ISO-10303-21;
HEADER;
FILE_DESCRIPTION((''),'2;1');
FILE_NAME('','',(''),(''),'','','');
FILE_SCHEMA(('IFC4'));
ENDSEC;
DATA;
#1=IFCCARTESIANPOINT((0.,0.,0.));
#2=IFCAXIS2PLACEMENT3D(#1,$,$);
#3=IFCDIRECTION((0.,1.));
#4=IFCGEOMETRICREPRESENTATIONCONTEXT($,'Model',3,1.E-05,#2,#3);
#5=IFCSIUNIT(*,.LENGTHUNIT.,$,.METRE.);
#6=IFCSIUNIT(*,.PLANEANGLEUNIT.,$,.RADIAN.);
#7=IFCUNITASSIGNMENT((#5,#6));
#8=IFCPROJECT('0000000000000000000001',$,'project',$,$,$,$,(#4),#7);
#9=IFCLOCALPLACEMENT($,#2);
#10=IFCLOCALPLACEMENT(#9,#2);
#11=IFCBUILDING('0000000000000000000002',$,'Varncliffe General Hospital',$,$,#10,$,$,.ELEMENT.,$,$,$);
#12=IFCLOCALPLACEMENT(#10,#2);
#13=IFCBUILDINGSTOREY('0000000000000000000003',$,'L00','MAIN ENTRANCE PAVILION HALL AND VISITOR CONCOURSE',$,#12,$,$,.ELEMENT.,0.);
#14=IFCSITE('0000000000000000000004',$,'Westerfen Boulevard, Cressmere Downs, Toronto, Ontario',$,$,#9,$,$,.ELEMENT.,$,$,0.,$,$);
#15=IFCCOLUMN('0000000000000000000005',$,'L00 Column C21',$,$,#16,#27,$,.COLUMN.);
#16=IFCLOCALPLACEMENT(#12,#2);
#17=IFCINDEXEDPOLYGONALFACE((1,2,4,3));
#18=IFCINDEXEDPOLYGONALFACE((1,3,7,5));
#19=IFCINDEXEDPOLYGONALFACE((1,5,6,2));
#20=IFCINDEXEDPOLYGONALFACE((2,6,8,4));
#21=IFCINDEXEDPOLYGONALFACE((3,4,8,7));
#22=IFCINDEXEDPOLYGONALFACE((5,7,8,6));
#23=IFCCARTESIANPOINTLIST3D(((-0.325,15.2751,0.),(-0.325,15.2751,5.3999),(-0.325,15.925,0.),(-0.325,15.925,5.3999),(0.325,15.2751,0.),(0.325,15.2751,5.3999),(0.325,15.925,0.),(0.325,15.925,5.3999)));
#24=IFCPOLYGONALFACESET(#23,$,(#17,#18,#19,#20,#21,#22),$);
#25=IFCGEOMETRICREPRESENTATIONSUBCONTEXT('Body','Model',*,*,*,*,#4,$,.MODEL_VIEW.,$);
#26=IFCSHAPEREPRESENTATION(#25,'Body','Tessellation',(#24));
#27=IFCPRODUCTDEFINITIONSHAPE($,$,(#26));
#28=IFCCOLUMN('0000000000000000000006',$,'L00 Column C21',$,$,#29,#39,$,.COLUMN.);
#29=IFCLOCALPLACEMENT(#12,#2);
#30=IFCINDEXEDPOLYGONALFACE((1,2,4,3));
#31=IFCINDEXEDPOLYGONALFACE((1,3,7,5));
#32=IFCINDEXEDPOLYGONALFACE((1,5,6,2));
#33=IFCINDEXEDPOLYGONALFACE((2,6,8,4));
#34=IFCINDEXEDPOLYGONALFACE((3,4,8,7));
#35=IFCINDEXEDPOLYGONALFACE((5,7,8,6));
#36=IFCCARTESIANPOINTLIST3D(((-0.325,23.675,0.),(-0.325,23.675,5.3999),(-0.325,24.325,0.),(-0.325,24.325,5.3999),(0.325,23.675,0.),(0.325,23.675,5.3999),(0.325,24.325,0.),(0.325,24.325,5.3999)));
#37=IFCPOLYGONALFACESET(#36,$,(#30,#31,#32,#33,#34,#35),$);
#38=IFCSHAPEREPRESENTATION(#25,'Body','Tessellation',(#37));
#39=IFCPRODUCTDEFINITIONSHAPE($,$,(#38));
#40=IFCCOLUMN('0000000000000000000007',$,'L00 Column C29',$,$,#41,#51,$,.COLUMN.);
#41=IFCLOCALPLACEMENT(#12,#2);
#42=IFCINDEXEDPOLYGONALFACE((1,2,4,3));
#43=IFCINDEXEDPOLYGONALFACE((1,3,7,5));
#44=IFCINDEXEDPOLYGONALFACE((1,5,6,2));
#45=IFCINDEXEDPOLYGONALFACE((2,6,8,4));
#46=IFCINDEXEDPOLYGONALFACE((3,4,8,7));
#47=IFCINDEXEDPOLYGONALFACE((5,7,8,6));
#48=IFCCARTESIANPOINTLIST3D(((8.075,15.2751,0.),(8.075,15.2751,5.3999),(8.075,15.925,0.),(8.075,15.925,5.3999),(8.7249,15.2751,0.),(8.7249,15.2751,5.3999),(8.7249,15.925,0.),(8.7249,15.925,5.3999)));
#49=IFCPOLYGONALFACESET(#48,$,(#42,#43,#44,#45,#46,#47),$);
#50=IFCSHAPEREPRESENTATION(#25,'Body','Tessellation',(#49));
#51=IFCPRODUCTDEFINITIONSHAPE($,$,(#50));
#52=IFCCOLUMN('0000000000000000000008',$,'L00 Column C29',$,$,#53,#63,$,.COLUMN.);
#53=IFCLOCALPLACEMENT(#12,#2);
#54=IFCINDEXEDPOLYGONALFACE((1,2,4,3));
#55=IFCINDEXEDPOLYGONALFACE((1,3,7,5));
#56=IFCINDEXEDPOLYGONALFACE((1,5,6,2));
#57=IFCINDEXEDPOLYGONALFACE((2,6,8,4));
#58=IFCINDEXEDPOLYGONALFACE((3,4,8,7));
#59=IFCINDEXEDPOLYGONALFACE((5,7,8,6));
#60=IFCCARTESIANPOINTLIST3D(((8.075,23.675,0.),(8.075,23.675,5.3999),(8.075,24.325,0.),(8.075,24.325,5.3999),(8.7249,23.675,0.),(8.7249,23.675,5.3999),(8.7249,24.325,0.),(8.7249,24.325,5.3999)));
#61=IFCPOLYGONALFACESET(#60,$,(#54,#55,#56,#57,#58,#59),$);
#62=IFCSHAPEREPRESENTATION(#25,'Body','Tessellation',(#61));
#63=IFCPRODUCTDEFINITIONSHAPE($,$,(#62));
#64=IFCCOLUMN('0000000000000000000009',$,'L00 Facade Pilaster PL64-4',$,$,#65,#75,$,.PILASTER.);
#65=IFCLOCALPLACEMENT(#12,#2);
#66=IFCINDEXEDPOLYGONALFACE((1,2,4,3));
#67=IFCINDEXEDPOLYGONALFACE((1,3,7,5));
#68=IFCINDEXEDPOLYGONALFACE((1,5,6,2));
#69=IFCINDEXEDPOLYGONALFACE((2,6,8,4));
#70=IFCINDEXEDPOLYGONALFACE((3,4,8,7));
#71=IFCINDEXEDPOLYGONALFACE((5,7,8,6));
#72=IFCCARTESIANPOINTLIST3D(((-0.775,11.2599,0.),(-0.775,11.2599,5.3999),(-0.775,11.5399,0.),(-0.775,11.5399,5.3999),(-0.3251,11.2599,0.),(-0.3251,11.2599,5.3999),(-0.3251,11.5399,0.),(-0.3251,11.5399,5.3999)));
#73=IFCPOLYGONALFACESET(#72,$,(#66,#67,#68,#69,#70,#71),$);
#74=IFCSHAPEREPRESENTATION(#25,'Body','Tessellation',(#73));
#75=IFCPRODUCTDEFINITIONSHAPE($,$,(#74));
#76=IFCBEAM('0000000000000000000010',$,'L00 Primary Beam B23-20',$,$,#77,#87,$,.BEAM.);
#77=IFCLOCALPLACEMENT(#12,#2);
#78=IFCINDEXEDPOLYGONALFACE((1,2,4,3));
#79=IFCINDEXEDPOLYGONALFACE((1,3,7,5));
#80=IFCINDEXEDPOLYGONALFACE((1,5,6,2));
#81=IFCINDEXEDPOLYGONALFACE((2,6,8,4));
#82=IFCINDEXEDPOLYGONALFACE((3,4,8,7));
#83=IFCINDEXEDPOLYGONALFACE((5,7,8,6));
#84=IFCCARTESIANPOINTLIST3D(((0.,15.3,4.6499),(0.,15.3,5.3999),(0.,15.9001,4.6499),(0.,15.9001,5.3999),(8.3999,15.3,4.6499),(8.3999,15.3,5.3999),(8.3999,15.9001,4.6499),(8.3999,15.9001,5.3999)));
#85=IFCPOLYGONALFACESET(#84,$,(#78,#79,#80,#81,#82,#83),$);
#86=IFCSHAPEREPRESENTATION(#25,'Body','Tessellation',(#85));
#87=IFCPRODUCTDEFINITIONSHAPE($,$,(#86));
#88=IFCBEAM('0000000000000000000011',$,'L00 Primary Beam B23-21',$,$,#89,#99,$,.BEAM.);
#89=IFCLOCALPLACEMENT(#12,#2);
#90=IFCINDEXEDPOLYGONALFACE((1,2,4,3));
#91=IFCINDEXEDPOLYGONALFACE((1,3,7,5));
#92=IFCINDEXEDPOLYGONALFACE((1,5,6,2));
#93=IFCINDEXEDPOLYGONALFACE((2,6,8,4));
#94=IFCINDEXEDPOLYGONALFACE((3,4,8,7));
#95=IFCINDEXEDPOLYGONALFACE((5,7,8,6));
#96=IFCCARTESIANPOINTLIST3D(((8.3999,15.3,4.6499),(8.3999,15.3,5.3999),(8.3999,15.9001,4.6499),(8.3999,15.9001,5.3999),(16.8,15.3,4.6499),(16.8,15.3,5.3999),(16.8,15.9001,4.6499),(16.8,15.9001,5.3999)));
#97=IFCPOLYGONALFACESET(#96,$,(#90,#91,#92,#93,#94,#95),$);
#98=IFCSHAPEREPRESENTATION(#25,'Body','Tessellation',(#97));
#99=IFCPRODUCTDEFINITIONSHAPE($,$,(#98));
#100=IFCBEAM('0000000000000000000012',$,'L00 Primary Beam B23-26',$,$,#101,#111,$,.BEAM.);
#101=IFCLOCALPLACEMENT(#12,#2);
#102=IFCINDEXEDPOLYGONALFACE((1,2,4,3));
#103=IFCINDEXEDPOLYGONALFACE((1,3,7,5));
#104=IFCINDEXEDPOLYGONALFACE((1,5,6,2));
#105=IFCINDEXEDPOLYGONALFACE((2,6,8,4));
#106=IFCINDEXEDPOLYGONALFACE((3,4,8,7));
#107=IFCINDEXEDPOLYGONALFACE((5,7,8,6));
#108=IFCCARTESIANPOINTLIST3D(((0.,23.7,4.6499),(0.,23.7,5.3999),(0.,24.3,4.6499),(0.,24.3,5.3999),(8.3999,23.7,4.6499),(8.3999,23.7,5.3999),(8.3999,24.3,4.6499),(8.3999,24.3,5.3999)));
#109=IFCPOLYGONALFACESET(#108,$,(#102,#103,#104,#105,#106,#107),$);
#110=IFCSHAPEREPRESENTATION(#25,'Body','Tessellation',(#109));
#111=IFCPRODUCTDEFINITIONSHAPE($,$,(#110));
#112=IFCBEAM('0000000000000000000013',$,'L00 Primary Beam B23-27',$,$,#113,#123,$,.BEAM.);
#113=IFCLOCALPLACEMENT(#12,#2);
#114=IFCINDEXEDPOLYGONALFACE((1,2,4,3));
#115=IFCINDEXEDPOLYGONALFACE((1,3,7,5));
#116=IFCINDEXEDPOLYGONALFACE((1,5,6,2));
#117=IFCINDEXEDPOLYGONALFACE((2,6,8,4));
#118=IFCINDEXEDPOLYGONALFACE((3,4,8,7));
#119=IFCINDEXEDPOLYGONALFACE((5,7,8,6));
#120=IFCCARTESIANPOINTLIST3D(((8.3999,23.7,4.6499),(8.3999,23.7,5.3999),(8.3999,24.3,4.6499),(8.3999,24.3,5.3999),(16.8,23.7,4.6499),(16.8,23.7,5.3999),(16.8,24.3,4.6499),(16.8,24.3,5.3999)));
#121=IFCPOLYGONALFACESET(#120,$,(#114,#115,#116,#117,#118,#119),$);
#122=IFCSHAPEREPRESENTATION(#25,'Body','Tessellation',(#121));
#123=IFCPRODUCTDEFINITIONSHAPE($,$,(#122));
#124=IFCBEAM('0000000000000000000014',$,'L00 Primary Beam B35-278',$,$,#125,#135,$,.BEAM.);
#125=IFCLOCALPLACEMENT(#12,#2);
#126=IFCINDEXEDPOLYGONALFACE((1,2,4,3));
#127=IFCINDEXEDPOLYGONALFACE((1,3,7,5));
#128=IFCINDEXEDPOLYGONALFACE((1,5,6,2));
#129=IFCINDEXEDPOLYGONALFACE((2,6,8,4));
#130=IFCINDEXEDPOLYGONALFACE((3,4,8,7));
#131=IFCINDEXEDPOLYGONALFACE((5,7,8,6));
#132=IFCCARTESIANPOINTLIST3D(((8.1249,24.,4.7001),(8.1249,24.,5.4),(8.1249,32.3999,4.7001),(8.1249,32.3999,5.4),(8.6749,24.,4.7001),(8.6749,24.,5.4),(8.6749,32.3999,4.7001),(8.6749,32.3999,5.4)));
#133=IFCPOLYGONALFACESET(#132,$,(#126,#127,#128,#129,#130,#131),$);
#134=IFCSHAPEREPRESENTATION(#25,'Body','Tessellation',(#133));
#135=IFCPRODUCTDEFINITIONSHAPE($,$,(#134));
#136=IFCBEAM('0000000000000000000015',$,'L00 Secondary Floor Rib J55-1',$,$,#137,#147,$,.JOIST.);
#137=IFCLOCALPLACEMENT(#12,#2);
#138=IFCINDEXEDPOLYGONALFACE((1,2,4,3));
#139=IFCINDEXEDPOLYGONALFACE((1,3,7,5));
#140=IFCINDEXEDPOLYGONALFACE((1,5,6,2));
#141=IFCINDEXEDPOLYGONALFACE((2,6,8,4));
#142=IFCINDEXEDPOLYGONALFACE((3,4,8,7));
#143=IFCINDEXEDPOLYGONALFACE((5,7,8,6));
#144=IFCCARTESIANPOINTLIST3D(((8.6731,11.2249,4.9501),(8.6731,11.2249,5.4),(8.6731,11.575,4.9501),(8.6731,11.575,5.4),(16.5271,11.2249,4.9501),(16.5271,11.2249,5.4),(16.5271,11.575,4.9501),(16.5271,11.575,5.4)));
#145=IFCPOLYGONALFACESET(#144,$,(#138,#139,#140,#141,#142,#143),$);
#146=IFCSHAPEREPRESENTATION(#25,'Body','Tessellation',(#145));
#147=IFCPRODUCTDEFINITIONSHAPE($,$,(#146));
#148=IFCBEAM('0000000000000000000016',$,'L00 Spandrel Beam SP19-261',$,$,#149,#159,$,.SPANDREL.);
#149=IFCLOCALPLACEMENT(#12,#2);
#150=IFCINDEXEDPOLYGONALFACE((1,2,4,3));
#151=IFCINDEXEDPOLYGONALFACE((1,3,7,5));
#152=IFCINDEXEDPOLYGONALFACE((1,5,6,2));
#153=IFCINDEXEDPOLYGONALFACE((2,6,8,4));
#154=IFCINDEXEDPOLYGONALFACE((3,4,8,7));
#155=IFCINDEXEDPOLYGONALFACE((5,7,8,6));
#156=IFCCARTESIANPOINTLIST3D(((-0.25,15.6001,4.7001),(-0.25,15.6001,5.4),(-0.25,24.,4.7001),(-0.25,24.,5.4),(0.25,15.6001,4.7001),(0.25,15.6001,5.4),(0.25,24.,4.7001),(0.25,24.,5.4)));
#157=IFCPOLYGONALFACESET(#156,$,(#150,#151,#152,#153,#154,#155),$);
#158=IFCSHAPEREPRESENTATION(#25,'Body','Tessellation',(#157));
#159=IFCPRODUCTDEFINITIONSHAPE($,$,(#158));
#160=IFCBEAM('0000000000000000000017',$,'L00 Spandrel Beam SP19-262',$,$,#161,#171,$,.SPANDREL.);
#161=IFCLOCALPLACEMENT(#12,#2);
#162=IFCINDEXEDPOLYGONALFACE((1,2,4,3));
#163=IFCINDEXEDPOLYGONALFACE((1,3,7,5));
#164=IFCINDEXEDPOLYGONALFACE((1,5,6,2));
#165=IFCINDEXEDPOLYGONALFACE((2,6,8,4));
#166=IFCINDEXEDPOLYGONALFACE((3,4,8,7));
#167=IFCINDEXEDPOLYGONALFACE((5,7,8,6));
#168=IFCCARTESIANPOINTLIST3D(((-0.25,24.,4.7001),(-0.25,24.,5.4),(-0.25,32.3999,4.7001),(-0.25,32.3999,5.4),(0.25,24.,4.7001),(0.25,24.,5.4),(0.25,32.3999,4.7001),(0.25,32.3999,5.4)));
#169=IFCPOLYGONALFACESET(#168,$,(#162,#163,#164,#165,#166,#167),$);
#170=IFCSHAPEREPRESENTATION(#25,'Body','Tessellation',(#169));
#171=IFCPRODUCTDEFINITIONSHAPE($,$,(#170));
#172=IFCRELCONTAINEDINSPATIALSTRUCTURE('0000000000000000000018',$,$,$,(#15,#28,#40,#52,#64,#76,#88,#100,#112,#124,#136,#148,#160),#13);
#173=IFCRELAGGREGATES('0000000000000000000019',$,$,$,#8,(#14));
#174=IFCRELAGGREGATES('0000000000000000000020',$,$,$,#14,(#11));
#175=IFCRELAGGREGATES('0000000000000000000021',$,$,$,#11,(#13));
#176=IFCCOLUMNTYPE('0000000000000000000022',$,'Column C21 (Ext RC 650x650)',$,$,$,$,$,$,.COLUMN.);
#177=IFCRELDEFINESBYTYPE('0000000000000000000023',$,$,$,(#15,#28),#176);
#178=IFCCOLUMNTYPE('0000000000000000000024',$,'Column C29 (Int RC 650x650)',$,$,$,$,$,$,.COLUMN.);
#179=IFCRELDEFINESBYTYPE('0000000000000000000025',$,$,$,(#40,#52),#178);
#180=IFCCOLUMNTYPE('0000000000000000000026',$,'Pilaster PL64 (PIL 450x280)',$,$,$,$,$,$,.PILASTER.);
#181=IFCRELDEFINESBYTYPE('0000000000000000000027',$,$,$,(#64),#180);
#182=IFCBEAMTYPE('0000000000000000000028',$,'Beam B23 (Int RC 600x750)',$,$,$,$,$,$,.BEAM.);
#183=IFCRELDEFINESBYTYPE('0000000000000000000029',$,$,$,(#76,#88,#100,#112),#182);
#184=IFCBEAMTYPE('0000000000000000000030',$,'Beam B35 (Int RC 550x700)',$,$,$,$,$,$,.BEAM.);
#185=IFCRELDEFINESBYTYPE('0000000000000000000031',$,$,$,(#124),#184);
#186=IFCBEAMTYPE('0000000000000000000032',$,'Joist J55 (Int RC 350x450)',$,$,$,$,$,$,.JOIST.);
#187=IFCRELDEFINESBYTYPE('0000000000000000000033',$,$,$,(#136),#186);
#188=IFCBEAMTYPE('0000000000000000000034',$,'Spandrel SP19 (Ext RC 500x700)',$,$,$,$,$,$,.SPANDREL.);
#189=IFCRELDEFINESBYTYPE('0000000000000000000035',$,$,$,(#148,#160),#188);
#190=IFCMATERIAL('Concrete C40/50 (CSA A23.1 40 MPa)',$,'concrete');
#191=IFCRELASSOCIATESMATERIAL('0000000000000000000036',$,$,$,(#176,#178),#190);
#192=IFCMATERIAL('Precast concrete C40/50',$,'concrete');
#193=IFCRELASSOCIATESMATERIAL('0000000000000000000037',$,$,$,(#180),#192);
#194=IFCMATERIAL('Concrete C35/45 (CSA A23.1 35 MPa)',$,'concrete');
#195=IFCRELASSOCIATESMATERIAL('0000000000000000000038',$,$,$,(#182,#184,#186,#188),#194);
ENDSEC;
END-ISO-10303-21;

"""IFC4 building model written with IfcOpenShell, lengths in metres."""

from ifc_helpers import new_model, si_unit, direction, frame, origin, origin_2d, place, context, subcontext, project, spatial, rectangle, extrude, material, material_profile, profile_set, type_object, element, save


model = new_model("IFC4")

# Units and contexts
model_context = context("Model", 3, precision=1e-05, world=origin(), true_north=direction((0.0, 1.0)))
body_context = subcontext(model_context, "Body", "Model", "MODEL_VIEW")
ifc_project = project(units=[si_unit("LENGTHUNIT", "METRE"), si_unit("PLANEANGLEUNIT", "RADIAN")], contexts=[model_context])

# Site, building, storey
site_placement = place(None, origin())
site = spatial("IfcSite", under=ifc_project, at=site_placement, Name="Westerfen Boulevard, Cressmere Downs, Toronto, Ontario", CompositionType="ELEMENT", RefElevation=0.0)
building_placement = place(site_placement, origin())
building = spatial("IfcBuilding", under=site, at=building_placement, Name="Varncliffe General Hospital", CompositionType="ELEMENT")
storey_placement = place(building_placement, origin())
storey = spatial("IfcBuildingStorey", under=building, at=storey_placement, Name="L00", Description="MAIN ENTRANCE PAVILION HALL AND VISITOR CONCOURSE", CompositionType="ELEMENT", Elevation=0.0)

# Columns
ifc_material_1 = material(Name="Concrete C40/50 (CSA A23.1 40 MPa)", Category="concrete")
ifc_material_profile_1 = material_profile(ifc_material_1, rectangle(XDim=0.6499, YDim=0.6499, at=origin_2d()), Name="RC 650x650")
ifc_profile_set_1 = profile_set([ifc_material_profile_1], Name="Concrete C40/50 (CSA A23.1 40 MPa)")
column_type_1 = type_object("IfcColumnType", Name="Column C21 (Ext RC 650x650)", PredefinedType="COLUMN", material=ifc_profile_set_1)
for number, where, z_axis, x_axis, name in (
    (1, (0.0, 15.6001, 0.0), (0.0, 0.0, 1.0), (1.0, 0.0, 0.0), "L00 Column C21"),
    (2, (0.0, 24.0, 0.0), (0.0, 0.0, 1.0), (1.0, 0.0, 0.0), "L00 Column C21"),
):
    element("IfcColumn", number, at=place(storey_placement, frame(where, z_axis=z_axis, x_axis=x_axis)), inside=storey, type_object=column_type_1, Name=name, PredefinedType="COLUMN", context=body_context, shape_type="SweptSolid", body=[
        extrude(rectangle(XDim=0.6499, YDim=0.6499, at=origin_2d()), origin(), (0.0, 0.0, 1.0), 5.3999),
    ])
ifc_material_profile_2 = material_profile(ifc_material_1, rectangle(XDim=0.6499, YDim=0.6499, at=origin_2d()), Name="RC 650x650")
ifc_profile_set_2 = profile_set([ifc_material_profile_2], Name="Concrete C40/50 (CSA A23.1 40 MPa)")
column_type_2 = type_object("IfcColumnType", Name="Column C29 (Int RC 650x650)", PredefinedType="COLUMN", material=ifc_profile_set_2)
for number, where, z_axis, x_axis, name in (
    (3, (8.3999, 15.6001, 0.0), (0.0, 0.0, 1.0), (1.0, 0.0, 0.0), "L00 Column C29"),
    (4, (8.3999, 24.0, 0.0), (0.0, 0.0, 1.0), (1.0, 0.0, 0.0), "L00 Column C29"),
):
    element("IfcColumn", number, at=place(storey_placement, frame(where, z_axis=z_axis, x_axis=x_axis)), inside=storey, type_object=column_type_2, Name=name, PredefinedType="COLUMN", context=body_context, shape_type="SweptSolid", body=[
        extrude(rectangle(XDim=0.6499, YDim=0.6499, at=origin_2d()), origin(), (0.0, 0.0, 1.0), 5.3999),
    ])
ifc_material_2 = material(Name="Precast concrete C40/50", Category="concrete")
ifc_material_profile_3 = material_profile(ifc_material_2, rectangle(XDim=0.45, YDim=0.28, at=origin_2d()), Name="PIL 450x280")
ifc_profile_set_3 = profile_set([ifc_material_profile_3], Name="Precast concrete C40/50")
column_type_3 = type_object("IfcColumnType", Name="Pilaster PL64 (PIL 450x280)", PredefinedType="PILASTER", material=ifc_profile_set_3)
column_placement = place(storey_placement, frame((-0.55, 11.3999, 0.0), z_axis=(0.0, 0.0, 1.0), x_axis=(1.0, 0.0, 0.0)))
element("IfcColumn", 5, at=column_placement, inside=storey, type_object=column_type_3, Name="L00 Facade Pilaster PL64-4", PredefinedType="PILASTER", context=body_context, shape_type="SweptSolid", body=[
    extrude(rectangle(XDim=0.45, YDim=0.28, at=origin_2d()), origin(), (0.0, 0.0, 1.0), 5.3999),
])

# Beams
ifc_material_3 = material(Name="Concrete C35/45 (CSA A23.1 35 MPa)", Category="concrete")
ifc_material_profile_4 = material_profile(ifc_material_3, rectangle(XDim=0.6001, YDim=0.75, at=origin_2d()), Name="RC 600x750")
ifc_profile_set_4 = profile_set([ifc_material_profile_4], Name="Concrete C35/45 (CSA A23.1 35 MPa)")
beam_type_1 = type_object("IfcBeamType", Name="Beam B23 (Int RC 600x750)", PredefinedType="BEAM", material=ifc_profile_set_4)
beam_1_placement = place(storey_placement, frame((0.0, 15.6001, 5.0249), z_axis=(1.0, 0.0, 0.0), x_axis=(0.0, 1.0, 0.0)))
element("IfcBeam", 6, at=beam_1_placement, inside=storey, type_object=beam_type_1, Name="L00 Primary Beam B23-20", PredefinedType="BEAM", context=body_context, shape_type="SweptSolid", body=[
    extrude(rectangle(XDim=0.6001, YDim=0.75, at=origin_2d()), origin(), (0.0, 0.0, 1.0), 8.3999),
])
beam_2_placement = place(storey_placement, frame((8.3999, 15.6001, 5.0249), z_axis=(1.0, 0.0, 0.0), x_axis=(0.0, 1.0, 0.0)))
element("IfcBeam", 7, at=beam_2_placement, inside=storey, type_object=beam_type_1, Name="L00 Primary Beam B23-21", PredefinedType="BEAM", context=body_context, shape_type="SweptSolid", body=[
    extrude(rectangle(XDim=0.6001, YDim=0.75, at=origin_2d()), origin(), (0.0, 0.0, 1.0), 8.4001),
])
beam_3_placement = place(storey_placement, frame((0.0, 24.0, 5.0249), z_axis=(1.0, 0.0, 0.0), x_axis=(0.0, 1.0, 0.0)))
element("IfcBeam", 8, at=beam_3_placement, inside=storey, type_object=beam_type_1, Name="L00 Primary Beam B23-26", PredefinedType="BEAM", context=body_context, shape_type="SweptSolid", body=[
    extrude(rectangle(XDim=0.6001, YDim=0.75, at=origin_2d()), origin(), (0.0, 0.0, 1.0), 8.3999),
])
beam_4_placement = place(storey_placement, frame((8.3999, 24.0, 5.0249), z_axis=(1.0, 0.0, 0.0), x_axis=(0.0, 1.0, 0.0)))
element("IfcBeam", 9, at=beam_4_placement, inside=storey, type_object=beam_type_1, Name="L00 Primary Beam B23-27", PredefinedType="BEAM", context=body_context, shape_type="SweptSolid", body=[
    extrude(rectangle(XDim=0.6001, YDim=0.75, at=origin_2d()), origin(), (0.0, 0.0, 1.0), 8.4001),
])
ifc_material_profile_5 = material_profile(ifc_material_3, rectangle(XDim=0.55, YDim=0.7, at=origin_2d()), Name="RC 550x700")
ifc_profile_set_5 = profile_set([ifc_material_profile_5], Name="Concrete C35/45 (CSA A23.1 35 MPa)")
beam_type_2 = type_object("IfcBeamType", Name="Beam B35 (Int RC 550x700)", PredefinedType="BEAM", material=ifc_profile_set_5)
beam_5_placement = place(storey_placement, frame((8.3999, 24.0, 5.05), z_axis=(0.0, 1.0, 0.0), x_axis=(-1.0, 0.0, 0.0)))
element("IfcBeam", 10, at=beam_5_placement, inside=storey, type_object=beam_type_2, Name="L00 Primary Beam B35-278", PredefinedType="BEAM", context=body_context, shape_type="SweptSolid", body=[
    extrude(rectangle(XDim=0.55, YDim=0.7, at=origin_2d()), origin(), (0.0, 0.0, 1.0), 8.3999),
])
ifc_material_profile_6 = material_profile(ifc_material_3, rectangle(XDim=0.3501, YDim=0.45, at=origin_2d()), Name="RC 350x450")
ifc_profile_set_6 = profile_set([ifc_material_profile_6], Name="Concrete C35/45 (CSA A23.1 35 MPa)")
beam_type_3 = type_object("IfcBeamType", Name="Joist J55 (Int RC 350x450)", PredefinedType="JOIST", material=ifc_profile_set_6)
beam_6_placement = place(storey_placement, frame((8.6731, 11.3999, 5.175), z_axis=(1.0, 0.0, 0.0), x_axis=(0.0, 1.0, 0.0)))
element("IfcBeam", 11, at=beam_6_placement, inside=storey, type_object=beam_type_3, Name="L00 Secondary Floor Rib J55-1", PredefinedType="JOIST", context=body_context, shape_type="SweptSolid", body=[
    extrude(rectangle(XDim=0.3501, YDim=0.45, at=origin_2d()), origin(), (0.0, 0.0, 1.0), 7.854),
])
ifc_material_profile_7 = material_profile(ifc_material_3, rectangle(XDim=0.5, YDim=0.7, at=origin_2d()), Name="RC 500x700")
ifc_profile_set_7 = profile_set([ifc_material_profile_7], Name="Concrete C35/45 (CSA A23.1 35 MPa)")
beam_type_4 = type_object("IfcBeamType", Name="Spandrel SP19 (Ext RC 500x700)", PredefinedType="SPANDREL", material=ifc_profile_set_7)
for number, where, z_axis, x_axis, name in (
    (12, (0.0, 15.6001, 5.05), (0.0, 1.0, 0.0), (-1.0, 0.0, 0.0), "L00 Spandrel Beam SP19-261"),
    (13, (0.0, 24.0, 5.05), (0.0, 1.0, 0.0), (-1.0, 0.0, 0.0), "L00 Spandrel Beam SP19-262"),
):
    element("IfcBeam", number, at=place(storey_placement, frame(where, z_axis=z_axis, x_axis=x_axis)), inside=storey, type_object=beam_type_4, Name=name, PredefinedType="SPANDREL", context=body_context, shape_type="SweptSolid", body=[
        extrude(rectangle(XDim=0.5, YDim=0.7, at=origin_2d()), origin(), (0.0, 0.0, 1.0), 8.3999),
    ])

save(model, "model.ifc")
